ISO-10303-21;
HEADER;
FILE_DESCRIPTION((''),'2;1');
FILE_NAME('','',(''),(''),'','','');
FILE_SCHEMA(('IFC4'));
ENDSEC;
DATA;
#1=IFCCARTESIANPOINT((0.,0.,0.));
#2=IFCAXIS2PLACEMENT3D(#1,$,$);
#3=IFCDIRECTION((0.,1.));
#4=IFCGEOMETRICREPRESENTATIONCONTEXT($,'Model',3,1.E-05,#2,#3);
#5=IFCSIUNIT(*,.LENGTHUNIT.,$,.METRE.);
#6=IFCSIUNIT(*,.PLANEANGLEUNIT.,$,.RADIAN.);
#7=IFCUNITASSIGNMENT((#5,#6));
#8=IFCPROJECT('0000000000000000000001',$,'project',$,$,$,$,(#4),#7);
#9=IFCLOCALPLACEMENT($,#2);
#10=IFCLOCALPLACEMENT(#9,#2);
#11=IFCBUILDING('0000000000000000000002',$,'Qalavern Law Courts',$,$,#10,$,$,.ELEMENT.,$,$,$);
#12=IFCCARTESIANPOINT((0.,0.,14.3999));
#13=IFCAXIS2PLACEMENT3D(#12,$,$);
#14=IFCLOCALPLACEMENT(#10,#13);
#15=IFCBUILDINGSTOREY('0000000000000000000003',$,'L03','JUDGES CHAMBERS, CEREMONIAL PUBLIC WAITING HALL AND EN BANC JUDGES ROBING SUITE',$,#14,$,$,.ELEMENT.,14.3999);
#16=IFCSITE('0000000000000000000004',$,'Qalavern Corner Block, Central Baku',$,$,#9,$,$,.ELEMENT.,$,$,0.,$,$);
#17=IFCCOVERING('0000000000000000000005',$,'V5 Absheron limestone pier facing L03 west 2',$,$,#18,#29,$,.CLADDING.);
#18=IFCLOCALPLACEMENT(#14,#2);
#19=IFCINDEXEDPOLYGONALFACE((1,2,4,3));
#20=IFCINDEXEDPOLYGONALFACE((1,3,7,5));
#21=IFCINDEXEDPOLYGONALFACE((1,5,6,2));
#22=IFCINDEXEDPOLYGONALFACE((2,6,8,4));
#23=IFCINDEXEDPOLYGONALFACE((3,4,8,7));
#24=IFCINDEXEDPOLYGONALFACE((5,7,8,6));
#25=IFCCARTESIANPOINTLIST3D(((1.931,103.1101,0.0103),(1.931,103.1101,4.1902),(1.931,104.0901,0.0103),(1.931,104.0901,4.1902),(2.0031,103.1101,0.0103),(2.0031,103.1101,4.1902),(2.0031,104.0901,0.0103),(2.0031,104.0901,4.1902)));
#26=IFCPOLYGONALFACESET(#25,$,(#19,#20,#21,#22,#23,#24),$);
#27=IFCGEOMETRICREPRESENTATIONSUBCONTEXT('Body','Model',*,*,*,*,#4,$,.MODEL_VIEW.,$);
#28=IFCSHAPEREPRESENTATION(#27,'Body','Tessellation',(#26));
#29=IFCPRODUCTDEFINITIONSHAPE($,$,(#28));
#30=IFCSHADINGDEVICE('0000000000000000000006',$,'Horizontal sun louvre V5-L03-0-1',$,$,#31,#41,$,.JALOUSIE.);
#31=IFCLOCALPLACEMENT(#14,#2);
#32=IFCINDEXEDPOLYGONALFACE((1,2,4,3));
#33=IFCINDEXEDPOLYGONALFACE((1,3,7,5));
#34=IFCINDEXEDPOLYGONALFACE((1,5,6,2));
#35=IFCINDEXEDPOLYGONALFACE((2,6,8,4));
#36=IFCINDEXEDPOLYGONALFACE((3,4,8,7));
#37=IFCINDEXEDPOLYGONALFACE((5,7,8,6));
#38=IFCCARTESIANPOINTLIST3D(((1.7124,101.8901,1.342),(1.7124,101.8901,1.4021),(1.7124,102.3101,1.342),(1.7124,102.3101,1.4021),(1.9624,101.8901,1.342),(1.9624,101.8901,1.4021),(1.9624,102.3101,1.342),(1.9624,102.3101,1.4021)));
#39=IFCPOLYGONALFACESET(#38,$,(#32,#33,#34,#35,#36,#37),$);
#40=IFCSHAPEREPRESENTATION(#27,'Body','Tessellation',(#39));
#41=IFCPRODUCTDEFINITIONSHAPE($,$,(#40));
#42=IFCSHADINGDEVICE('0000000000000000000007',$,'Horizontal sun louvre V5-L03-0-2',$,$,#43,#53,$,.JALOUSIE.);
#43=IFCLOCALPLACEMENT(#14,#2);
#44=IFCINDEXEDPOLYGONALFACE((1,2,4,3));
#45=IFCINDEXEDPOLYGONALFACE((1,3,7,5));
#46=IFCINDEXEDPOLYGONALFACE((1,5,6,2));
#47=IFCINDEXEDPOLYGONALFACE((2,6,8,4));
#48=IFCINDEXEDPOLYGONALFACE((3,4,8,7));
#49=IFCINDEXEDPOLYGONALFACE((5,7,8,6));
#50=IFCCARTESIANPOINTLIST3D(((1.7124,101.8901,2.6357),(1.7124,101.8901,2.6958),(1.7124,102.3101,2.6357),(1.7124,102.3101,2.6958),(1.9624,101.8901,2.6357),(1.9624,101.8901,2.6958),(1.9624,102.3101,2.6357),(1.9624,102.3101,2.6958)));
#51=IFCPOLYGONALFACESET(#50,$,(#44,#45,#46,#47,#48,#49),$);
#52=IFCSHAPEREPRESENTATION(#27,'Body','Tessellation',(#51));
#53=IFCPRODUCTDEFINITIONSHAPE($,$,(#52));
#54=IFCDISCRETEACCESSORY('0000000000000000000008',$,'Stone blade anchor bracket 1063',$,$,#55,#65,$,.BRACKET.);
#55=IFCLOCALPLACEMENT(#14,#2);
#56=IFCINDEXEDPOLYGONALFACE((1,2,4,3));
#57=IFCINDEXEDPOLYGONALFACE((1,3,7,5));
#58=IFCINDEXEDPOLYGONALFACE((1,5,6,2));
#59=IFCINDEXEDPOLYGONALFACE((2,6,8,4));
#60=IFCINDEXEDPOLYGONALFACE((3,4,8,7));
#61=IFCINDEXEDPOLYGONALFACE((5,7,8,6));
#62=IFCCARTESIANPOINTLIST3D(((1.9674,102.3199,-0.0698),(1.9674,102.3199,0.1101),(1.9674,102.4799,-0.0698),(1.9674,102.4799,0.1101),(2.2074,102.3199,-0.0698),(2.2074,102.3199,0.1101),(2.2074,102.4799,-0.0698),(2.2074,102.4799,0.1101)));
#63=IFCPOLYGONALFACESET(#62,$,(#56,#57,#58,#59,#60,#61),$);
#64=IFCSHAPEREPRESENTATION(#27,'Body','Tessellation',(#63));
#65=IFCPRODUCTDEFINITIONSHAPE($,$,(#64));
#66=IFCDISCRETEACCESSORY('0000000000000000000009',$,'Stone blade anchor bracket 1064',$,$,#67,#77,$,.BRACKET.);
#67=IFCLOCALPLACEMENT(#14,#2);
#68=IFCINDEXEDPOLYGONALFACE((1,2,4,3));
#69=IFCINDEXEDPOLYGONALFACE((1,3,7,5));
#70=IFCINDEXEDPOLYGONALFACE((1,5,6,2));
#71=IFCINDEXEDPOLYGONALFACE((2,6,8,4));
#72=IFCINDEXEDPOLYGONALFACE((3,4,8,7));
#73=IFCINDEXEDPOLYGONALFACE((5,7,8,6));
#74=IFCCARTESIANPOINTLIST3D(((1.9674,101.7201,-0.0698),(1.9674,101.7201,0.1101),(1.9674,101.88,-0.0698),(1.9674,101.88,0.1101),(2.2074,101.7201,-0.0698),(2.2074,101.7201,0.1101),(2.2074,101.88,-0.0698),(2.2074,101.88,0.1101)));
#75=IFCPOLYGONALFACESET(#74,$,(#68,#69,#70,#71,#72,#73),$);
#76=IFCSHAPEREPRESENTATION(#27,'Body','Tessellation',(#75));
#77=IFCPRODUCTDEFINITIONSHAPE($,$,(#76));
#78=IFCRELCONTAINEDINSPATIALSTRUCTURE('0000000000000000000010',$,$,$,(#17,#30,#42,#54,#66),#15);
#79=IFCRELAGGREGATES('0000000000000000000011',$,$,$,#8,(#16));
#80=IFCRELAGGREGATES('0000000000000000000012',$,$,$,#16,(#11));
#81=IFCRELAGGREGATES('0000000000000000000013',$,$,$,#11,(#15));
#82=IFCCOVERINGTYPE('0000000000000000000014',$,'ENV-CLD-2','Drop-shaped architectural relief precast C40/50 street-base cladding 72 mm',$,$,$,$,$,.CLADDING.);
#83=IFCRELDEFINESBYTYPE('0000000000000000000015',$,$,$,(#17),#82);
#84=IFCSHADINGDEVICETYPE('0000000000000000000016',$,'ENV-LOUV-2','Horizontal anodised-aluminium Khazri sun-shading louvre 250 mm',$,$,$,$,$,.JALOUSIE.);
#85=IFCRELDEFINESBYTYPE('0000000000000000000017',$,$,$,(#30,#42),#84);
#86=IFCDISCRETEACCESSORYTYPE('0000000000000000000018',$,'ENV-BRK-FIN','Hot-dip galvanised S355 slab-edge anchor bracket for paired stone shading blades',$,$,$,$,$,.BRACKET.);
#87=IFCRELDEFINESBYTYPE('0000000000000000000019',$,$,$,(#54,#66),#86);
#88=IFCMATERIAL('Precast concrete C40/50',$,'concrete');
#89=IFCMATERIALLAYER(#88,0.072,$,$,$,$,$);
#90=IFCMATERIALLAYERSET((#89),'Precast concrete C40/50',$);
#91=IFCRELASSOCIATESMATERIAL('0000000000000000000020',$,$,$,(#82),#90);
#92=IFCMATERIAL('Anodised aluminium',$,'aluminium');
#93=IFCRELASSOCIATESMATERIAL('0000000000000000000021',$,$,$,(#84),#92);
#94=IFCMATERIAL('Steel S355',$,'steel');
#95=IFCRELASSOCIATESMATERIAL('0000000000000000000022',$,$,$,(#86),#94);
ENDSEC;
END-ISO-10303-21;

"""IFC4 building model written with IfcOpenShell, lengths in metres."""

from ifc_helpers import new_model, si_unit, direction, frame, origin, origin_2d, place, context, subcontext, project, spatial, rectangle, extrude, material, layer, layer_set, type_object, element, save


model = new_model("IFC4")

# Units and contexts
model_context = context("Model", 3, precision=1e-05, world=origin(), true_north=direction((0.0, 1.0)))
body_context = subcontext(model_context, "Body", "Model", "MODEL_VIEW")
ifc_project = project(units=[si_unit("LENGTHUNIT", "METRE"), si_unit("PLANEANGLEUNIT", "RADIAN")], contexts=[model_context])

# Site, building, storey
site_placement = place(None, origin())
site = spatial("IfcSite", under=ifc_project, at=site_placement, Name="Qalavern Corner Block, Central Baku", CompositionType="ELEMENT", RefElevation=0.0)
building_placement = place(site_placement, origin())
building = spatial("IfcBuilding", under=site, at=building_placement, Name="Qalavern Law Courts", CompositionType="ELEMENT")
storey_placement = place(building_placement, frame((0.0, 0.0, 14.3999)))
storey = spatial("IfcBuildingStorey", under=building, at=storey_placement, Name="L03", Description="JUDGES CHAMBERS, CEREMONIAL PUBLIC WAITING HALL AND EN BANC JUDGES ROBING SUITE", CompositionType="ELEMENT", Elevation=14.3999)

# Shared definitions
ifc_material_1 = material(Name="Anodised aluminium", Category="aluminium")

# Shared definitions
ifc_material_2 = material(Name="Steel S355", Category="steel")

# Covering
ifc_material_3 = material(Name="Precast concrete C40/50", Category="concrete")
ifc_layer_1 = layer(ifc_material_3, 0.072)
ifc_layer_set_1 = layer_set([ifc_layer_1], Name="Precast concrete C40/50")
covering_type_1 = type_object("IfcCoveringType", Name="ENV-CLD-2", Description="Drop-shaped architectural relief precast C40/50 street-base cladding 72 mm", PredefinedType="CLADDING", material=ifc_layer_set_1)
covering_placement = place(storey_placement, frame((1.967, 103.6001, 0.0103), z_axis=(0.0, 0.0, 1.0), x_axis=(0.0, -1.0, 0.0)))
element("IfcCovering", 1, at=covering_placement, inside=storey, type_object=covering_type_1, Name="V5 Absheron limestone pier facing L03 west 2", PredefinedType="CLADDING", context=body_context, shape_type="SweptSolid", body=[
    extrude(rectangle(XDim=0.98, YDim=0.072, at=origin_2d()), origin(), (0.0, 0.0, 1.0), 4.1799),
])

# Shading devices
shading_device_type = type_object("IfcShadingDeviceType", Name="ENV-LOUV-2", Description="Horizontal anodised-aluminium Khazri sun-shading louvre 250 mm", PredefinedType="JALOUSIE", material=ifc_material_1)
for number, where, z_axis, x_axis, name in (
    (2, (1.8374, 102.1001, 1.342), (0.0, 0.0, 1.0), (0.0, -1.0, 0.0), "Horizontal sun louvre V5-L03-0-1"),
    (3, (1.8374, 102.1001, 2.6357), (0.0, 0.0, 1.0), (0.0, -1.0, 0.0), "Horizontal sun louvre V5-L03-0-2"),
):
    element("IfcShadingDevice", number, at=place(storey_placement, frame(where, z_axis=z_axis, x_axis=x_axis)), inside=storey, type_object=shading_device_type, Name=name, PredefinedType="JALOUSIE", context=body_context, shape_type="SweptSolid", body=[
        extrude(rectangle(XDim=0.4199, YDim=0.25, at=origin_2d()), origin(), (0.0, 0.0, 1.0), 0.0601),
    ])

# Discrete accessories
discrete_accessory_type = type_object("IfcDiscreteAccessoryType", Name="ENV-BRK-FIN", Description="Hot-dip galvanised S355 slab-edge anchor bracket for paired stone shading blades", PredefinedType="BRACKET", material=ifc_material_2)
for number, where, z_axis, x_axis, name in (
    (4, (2.0874, 102.3999, -0.0698), (0.0, 0.0, 1.0), (-1.0, 0.0, 0.0), "Stone blade anchor bracket 1063"),
    (5, (2.0874, 101.8, -0.0698), (0.0, 0.0, 1.0), (-1.0, 0.0, 0.0), "Stone blade anchor bracket 1064"),
):
    element("IfcDiscreteAccessory", number, at=place(storey_placement, frame(where, z_axis=z_axis, x_axis=x_axis)), inside=storey, type_object=discrete_accessory_type, Name=name, PredefinedType="BRACKET", context=body_context, shape_type="SweptSolid", body=[
        extrude(rectangle(XDim=0.24, YDim=0.1599, at=origin_2d()), origin(), (0.0, 0.0, 1.0), 0.1799),
    ])

save(model, "model.ifc")
